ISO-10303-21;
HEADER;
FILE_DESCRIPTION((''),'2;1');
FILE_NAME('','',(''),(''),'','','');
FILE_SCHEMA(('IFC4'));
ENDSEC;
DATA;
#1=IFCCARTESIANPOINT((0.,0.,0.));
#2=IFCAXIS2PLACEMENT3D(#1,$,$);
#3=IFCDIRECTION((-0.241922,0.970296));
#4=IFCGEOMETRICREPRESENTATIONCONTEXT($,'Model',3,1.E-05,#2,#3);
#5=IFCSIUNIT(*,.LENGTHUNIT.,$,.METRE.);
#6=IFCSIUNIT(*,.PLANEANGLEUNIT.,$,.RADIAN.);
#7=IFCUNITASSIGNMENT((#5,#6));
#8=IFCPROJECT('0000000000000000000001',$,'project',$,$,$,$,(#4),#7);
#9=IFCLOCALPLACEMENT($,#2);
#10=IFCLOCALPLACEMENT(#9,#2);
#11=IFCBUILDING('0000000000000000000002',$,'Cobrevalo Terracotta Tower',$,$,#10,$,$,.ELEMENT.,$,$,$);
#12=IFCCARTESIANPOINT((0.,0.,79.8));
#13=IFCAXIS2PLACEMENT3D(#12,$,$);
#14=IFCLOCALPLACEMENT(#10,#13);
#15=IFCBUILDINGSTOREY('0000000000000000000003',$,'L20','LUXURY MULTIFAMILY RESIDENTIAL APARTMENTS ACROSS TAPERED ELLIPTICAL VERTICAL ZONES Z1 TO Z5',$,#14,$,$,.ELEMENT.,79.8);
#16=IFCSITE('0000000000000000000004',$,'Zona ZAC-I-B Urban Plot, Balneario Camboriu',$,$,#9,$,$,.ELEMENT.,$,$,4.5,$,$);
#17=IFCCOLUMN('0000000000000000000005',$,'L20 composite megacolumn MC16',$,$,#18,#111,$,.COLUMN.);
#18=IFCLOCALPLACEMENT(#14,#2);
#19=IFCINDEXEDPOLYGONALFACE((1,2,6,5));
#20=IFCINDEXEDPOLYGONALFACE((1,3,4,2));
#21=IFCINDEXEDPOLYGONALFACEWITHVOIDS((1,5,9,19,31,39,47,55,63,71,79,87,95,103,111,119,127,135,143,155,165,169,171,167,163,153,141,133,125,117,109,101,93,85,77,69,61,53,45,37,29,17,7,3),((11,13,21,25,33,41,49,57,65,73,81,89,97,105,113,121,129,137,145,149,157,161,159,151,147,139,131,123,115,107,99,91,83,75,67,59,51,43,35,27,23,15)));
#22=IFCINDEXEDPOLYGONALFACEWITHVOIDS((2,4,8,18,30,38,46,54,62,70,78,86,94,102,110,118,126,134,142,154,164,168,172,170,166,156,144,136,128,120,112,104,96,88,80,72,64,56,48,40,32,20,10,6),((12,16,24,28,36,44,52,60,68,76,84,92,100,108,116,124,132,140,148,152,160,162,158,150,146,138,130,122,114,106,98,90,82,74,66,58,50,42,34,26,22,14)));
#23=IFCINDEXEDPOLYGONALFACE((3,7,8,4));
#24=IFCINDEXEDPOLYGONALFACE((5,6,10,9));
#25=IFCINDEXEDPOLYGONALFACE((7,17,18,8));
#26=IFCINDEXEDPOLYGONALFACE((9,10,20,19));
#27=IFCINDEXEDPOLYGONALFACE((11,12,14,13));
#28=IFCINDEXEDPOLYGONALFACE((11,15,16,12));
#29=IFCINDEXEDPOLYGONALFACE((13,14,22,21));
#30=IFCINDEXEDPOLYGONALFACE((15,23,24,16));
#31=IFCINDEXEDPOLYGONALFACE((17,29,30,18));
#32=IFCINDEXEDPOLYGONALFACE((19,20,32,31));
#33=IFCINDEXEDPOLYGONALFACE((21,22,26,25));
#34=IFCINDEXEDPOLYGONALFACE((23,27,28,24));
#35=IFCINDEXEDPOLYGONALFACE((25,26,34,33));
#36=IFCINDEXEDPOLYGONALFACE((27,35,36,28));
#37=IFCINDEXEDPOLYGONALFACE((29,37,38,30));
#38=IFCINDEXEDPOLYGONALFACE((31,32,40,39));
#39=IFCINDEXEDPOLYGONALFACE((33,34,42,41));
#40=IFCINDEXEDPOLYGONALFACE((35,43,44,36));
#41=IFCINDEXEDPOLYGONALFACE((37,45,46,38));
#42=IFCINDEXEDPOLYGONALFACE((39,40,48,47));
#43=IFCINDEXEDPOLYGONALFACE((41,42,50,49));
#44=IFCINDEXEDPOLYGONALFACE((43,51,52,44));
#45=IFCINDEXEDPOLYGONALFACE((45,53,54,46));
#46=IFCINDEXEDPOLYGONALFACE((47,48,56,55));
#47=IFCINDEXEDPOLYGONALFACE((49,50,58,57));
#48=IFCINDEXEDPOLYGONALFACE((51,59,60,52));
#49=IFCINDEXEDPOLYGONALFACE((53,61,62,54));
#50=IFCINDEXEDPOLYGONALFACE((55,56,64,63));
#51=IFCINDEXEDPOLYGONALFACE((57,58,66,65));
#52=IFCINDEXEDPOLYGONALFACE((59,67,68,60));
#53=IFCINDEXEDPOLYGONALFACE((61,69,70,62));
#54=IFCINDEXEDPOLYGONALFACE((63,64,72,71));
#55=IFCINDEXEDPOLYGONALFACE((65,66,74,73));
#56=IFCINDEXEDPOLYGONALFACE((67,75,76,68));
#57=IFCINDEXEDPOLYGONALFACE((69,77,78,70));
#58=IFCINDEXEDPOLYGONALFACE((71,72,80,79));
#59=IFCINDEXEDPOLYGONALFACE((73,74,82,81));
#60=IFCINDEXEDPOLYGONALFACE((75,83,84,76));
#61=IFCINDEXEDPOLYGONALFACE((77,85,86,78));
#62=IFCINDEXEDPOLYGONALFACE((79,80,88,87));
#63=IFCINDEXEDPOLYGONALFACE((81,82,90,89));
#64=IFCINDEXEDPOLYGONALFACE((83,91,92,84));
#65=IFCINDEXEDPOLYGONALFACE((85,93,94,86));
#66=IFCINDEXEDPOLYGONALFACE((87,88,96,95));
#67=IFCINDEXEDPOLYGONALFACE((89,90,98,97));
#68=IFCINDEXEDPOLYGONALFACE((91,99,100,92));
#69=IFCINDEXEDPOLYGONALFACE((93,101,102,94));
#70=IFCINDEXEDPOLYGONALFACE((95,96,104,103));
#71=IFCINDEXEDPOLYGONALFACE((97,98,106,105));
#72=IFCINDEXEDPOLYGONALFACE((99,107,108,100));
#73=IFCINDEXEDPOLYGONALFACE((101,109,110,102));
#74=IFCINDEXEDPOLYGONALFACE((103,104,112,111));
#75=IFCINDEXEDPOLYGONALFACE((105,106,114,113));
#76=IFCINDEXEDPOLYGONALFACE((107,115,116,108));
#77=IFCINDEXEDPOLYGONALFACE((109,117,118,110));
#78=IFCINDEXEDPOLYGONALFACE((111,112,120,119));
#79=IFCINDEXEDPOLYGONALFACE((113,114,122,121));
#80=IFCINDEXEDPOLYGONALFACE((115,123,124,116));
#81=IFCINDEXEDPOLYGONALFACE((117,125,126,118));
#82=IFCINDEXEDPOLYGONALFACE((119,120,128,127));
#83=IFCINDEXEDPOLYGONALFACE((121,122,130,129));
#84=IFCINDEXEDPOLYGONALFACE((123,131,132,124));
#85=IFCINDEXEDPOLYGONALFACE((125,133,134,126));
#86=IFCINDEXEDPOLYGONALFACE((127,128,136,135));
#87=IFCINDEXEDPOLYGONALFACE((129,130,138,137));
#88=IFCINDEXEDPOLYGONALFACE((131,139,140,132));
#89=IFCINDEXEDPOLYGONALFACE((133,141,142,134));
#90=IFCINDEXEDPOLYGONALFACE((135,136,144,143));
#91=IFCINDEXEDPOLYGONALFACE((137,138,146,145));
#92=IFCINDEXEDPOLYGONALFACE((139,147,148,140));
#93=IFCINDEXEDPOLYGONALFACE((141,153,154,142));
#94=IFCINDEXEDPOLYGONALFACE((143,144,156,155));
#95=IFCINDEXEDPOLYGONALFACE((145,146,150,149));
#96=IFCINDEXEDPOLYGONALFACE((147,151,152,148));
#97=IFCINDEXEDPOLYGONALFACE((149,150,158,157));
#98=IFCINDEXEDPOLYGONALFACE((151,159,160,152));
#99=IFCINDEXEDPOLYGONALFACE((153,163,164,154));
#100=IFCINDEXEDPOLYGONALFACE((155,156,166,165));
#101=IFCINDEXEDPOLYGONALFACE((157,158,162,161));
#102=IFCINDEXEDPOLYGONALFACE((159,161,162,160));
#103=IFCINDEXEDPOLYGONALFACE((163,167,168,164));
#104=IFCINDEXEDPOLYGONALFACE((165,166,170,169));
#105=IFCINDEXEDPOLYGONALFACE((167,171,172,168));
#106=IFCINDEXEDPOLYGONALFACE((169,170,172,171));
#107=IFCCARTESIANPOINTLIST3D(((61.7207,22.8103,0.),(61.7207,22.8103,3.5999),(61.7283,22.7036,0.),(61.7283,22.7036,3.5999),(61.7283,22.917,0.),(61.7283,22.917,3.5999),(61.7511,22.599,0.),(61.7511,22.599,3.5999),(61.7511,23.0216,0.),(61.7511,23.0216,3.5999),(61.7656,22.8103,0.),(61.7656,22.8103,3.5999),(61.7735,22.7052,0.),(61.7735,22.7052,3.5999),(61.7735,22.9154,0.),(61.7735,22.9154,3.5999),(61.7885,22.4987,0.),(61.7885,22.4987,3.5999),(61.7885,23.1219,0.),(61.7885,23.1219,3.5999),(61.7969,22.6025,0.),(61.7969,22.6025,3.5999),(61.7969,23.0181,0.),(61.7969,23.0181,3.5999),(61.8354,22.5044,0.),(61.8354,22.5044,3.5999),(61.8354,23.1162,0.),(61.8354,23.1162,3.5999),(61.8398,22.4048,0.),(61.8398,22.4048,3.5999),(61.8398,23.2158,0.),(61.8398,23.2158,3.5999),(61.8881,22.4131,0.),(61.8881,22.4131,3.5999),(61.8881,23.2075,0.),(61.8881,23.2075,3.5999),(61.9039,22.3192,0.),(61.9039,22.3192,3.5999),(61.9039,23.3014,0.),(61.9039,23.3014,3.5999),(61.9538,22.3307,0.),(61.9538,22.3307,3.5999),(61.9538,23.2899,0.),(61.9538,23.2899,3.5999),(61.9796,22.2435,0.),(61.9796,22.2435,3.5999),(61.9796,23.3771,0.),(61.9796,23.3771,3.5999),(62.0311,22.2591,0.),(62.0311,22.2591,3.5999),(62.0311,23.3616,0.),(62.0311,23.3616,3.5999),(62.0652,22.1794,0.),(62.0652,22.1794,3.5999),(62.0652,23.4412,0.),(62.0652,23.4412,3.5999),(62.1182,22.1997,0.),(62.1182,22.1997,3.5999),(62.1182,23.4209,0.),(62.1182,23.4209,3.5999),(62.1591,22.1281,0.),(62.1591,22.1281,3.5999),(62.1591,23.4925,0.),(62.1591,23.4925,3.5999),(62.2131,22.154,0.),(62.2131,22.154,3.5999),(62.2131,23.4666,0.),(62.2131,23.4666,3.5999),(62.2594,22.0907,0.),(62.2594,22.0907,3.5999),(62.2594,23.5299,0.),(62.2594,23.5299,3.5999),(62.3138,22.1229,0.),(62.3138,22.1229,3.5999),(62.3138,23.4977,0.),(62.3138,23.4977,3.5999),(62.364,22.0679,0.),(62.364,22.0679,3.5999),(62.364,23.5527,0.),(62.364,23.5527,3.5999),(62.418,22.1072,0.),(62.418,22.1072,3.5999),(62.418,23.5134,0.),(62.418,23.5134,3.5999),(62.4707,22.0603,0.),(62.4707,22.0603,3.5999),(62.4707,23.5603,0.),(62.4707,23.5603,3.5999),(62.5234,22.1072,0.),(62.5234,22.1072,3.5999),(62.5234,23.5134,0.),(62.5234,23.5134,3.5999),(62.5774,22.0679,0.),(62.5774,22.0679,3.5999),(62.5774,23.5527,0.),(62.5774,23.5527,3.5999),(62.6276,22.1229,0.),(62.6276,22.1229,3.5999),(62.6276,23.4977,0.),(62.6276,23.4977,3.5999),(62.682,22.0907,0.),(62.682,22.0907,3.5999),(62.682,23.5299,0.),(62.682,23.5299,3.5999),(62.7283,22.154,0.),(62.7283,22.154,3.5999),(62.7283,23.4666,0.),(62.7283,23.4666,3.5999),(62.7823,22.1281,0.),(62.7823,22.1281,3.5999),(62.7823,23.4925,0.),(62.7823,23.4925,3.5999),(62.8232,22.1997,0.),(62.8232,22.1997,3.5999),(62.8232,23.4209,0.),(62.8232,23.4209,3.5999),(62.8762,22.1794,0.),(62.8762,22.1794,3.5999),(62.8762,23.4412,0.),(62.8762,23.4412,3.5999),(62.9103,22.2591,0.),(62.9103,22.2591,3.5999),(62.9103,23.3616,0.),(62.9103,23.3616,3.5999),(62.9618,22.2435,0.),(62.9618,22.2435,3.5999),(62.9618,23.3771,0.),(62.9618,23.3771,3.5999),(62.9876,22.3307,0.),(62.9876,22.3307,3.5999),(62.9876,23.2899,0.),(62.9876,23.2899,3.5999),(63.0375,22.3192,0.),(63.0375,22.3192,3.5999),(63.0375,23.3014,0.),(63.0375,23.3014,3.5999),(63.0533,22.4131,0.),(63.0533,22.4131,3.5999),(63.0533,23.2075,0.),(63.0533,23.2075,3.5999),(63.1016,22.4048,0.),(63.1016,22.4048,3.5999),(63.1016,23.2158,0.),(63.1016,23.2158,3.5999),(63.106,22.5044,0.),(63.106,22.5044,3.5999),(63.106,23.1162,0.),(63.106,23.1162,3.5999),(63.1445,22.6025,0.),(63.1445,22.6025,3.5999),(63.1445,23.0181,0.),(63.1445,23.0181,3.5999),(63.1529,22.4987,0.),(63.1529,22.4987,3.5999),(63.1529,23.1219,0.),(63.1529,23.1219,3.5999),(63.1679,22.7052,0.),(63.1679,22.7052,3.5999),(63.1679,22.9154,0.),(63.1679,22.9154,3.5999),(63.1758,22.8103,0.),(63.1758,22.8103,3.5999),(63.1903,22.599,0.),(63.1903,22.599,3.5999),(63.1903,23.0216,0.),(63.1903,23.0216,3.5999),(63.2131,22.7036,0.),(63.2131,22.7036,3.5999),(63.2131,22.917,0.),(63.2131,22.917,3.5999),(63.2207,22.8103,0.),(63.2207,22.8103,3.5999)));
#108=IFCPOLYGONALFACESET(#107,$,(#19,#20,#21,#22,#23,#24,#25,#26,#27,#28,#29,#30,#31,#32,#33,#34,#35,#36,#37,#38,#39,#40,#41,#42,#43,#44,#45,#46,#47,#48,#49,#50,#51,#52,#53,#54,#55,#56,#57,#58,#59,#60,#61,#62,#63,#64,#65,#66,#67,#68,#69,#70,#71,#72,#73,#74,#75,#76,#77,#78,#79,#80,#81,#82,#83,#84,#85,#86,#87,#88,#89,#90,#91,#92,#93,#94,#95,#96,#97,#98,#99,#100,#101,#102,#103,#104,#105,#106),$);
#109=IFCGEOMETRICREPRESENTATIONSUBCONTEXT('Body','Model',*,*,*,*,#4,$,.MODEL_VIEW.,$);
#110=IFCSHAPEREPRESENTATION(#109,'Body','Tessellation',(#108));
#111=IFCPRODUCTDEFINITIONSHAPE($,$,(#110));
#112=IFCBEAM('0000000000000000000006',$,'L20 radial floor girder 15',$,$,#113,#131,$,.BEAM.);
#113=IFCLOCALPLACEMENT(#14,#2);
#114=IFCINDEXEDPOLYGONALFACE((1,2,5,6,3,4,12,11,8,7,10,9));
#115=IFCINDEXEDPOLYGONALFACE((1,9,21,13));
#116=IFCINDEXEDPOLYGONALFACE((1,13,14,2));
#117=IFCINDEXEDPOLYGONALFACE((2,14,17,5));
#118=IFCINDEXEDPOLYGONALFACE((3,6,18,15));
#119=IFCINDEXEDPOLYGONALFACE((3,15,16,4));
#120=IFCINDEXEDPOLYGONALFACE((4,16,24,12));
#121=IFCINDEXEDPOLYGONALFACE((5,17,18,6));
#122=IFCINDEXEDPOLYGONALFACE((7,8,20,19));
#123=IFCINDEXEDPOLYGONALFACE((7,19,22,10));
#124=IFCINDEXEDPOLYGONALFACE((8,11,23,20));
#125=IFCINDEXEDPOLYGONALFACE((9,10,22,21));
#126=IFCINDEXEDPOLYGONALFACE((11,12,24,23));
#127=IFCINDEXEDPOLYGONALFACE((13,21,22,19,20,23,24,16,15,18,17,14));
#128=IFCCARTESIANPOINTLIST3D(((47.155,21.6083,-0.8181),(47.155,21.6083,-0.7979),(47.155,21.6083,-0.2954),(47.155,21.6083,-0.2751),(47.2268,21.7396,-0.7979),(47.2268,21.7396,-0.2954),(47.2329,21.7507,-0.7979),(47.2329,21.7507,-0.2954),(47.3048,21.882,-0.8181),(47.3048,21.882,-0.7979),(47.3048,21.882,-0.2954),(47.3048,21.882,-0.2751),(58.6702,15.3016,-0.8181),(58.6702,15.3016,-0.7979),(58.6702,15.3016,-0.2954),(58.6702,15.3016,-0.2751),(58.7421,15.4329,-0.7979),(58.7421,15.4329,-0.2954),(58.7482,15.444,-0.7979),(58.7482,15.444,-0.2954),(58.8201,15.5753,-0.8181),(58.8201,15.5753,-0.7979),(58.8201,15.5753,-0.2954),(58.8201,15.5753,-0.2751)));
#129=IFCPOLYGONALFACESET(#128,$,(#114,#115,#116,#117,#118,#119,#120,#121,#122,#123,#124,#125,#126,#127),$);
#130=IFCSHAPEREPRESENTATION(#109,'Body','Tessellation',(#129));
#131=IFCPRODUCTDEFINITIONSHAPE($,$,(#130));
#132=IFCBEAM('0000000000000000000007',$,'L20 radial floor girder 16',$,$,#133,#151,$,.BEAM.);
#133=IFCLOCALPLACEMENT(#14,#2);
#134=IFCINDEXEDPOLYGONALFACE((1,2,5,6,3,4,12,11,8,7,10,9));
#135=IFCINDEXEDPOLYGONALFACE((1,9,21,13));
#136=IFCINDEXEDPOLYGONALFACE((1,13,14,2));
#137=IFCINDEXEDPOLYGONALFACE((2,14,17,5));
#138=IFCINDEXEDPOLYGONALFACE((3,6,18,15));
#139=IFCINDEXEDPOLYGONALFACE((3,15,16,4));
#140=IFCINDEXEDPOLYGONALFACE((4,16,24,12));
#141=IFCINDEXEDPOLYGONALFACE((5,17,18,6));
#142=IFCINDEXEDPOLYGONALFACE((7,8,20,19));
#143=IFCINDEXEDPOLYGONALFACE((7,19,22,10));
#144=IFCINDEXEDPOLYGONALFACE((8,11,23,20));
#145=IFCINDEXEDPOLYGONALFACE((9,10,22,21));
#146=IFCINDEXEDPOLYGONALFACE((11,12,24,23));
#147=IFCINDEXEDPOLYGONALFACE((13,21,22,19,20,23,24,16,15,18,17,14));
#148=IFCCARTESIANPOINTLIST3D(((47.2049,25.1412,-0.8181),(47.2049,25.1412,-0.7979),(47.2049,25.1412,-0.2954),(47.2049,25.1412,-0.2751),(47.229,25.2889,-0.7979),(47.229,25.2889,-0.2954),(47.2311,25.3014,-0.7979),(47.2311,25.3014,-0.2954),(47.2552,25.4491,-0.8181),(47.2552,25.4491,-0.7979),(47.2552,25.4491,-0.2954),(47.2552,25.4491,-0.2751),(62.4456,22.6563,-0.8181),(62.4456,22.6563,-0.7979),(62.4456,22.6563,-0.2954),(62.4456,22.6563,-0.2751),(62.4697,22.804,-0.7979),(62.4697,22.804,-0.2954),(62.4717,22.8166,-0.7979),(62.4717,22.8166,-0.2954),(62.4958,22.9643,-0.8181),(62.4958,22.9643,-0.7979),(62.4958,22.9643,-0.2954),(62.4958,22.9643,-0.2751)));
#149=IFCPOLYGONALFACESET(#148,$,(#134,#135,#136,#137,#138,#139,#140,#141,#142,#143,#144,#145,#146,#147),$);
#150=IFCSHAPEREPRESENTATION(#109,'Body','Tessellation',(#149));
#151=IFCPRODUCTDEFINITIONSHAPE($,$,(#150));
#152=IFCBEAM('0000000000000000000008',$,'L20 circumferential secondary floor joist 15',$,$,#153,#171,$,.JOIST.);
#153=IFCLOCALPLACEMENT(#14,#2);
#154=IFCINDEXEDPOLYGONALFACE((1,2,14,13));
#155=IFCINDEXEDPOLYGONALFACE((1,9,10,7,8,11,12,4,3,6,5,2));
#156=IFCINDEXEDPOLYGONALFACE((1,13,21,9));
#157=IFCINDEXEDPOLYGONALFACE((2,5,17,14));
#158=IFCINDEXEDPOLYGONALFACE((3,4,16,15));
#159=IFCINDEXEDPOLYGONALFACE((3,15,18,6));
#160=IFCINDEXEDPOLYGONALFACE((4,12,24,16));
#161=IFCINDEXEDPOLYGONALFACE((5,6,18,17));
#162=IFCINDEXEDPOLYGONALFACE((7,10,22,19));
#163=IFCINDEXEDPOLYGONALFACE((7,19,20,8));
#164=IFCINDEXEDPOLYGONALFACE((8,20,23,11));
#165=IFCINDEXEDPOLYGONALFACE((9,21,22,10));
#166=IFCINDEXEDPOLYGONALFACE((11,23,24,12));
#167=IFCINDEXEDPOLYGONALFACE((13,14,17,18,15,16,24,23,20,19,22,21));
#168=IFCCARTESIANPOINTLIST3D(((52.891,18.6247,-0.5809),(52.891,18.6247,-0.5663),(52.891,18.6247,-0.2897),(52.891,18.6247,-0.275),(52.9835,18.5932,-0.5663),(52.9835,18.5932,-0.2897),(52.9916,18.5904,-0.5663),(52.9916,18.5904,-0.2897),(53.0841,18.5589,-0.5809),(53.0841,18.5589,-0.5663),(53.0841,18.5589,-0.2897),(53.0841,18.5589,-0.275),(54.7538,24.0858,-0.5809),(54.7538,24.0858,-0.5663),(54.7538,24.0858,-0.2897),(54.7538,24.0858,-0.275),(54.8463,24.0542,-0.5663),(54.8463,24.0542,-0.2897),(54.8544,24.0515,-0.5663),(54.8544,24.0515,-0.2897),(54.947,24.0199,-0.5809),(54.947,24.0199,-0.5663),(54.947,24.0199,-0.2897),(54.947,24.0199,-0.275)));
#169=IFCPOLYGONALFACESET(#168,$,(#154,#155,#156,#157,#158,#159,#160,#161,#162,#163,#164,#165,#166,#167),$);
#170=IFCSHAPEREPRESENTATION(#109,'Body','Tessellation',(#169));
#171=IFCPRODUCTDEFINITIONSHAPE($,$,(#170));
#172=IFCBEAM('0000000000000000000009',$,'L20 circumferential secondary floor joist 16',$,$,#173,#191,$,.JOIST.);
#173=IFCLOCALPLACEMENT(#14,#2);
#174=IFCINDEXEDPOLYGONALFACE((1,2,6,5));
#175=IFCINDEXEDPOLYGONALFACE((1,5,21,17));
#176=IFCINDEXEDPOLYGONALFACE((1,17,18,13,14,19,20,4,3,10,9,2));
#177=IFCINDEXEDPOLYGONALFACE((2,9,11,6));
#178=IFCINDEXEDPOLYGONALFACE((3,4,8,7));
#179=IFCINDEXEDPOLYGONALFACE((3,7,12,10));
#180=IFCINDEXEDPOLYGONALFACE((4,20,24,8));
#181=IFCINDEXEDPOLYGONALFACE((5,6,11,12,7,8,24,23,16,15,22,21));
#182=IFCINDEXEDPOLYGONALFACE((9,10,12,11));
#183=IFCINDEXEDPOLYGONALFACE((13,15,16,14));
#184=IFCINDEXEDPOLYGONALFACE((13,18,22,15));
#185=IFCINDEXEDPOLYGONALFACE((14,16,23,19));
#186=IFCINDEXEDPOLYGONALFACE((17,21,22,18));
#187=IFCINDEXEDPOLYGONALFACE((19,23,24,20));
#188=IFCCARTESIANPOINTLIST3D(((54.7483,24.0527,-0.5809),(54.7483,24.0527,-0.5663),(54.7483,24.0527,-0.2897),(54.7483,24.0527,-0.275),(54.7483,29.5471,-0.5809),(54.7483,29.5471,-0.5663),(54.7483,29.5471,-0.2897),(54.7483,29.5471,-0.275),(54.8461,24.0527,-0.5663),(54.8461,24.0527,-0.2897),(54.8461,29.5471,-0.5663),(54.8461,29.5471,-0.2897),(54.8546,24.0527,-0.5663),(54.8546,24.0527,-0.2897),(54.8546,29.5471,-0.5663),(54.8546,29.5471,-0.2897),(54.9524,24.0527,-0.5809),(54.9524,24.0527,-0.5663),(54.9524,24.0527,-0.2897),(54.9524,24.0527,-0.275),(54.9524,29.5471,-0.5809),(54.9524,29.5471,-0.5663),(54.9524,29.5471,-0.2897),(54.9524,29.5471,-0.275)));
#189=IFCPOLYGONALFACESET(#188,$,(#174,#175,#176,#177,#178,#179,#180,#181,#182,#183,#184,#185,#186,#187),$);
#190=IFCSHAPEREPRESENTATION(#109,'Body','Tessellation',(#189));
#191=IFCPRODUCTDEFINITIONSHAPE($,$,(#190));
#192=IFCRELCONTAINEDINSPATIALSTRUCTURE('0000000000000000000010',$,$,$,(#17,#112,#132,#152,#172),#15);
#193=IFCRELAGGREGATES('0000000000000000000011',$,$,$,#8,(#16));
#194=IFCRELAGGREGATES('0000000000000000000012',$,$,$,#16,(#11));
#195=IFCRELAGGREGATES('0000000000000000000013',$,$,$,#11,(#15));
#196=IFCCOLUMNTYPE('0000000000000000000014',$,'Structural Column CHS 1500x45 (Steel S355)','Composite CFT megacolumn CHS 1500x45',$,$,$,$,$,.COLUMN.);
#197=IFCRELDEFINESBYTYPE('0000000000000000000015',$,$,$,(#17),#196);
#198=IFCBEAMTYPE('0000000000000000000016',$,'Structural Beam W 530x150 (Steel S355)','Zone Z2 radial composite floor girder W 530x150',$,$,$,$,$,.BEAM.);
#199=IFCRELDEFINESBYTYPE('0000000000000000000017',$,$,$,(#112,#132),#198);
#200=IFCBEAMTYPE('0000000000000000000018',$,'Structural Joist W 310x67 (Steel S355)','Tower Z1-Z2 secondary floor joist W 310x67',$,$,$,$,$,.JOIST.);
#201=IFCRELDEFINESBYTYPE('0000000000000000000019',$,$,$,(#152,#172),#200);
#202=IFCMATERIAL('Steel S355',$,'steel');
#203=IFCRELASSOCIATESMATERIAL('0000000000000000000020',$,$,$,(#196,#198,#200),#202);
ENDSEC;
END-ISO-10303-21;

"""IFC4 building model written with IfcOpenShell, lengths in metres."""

from ifc_helpers import new_model, si_unit, direction, frame, origin, origin_2d, place, context, subcontext, project, spatial, hollow_circle, i_section, extrude, material, material_profile, profile_set, type_object, element, save


model = new_model("IFC4")

# Units and contexts
model_context = context("Model", 3, precision=1e-05, world=origin(), true_north=direction((-0.241922, 0.970296)))
body_context = subcontext(model_context, "Body", "Model", "MODEL_VIEW")
ifc_project = project(units=[si_unit("LENGTHUNIT", "METRE"), si_unit("PLANEANGLEUNIT", "RADIAN")], contexts=[model_context])

# Site, building, storey
site_placement = place(None, origin())
site = spatial("IfcSite", under=ifc_project, at=site_placement, Name="Zona ZAC-I-B Urban Plot, Balneario Camboriu", CompositionType="ELEMENT", RefElevation=4.5)
building_placement = place(site_placement, origin())
building = spatial("IfcBuilding", under=site, at=building_placement, Name="Cobrevalo Terracotta Tower", CompositionType="ELEMENT")
storey_placement = place(building_placement, frame((0.0, 0.0, 79.8)))
storey = spatial("IfcBuildingStorey", under=building, at=storey_placement, Name="L20", Description="LUXURY MULTIFAMILY RESIDENTIAL APARTMENTS ACROSS TAPERED ELLIPTICAL VERTICAL ZONES Z1 TO Z5", CompositionType="ELEMENT", Elevation=79.8)

# Column
ifc_material_1 = material(Name="Steel S355", Category="steel")
ifc_material_profile_1 = material_profile(ifc_material_1, hollow_circle(Radius=0.75, WallThickness=0.0449, at=origin_2d()), Name="CHS 1500x45")
ifc_profile_set_1 = profile_set([ifc_material_profile_1], Name="Steel S355")
column_type = type_object("IfcColumnType", Name="Structural Column CHS 1500x45 (Steel S355)", Description="Composite CFT megacolumn CHS 1500x45", PredefinedType="COLUMN", material=ifc_profile_set_1)
column_placement = place(storey_placement, frame((62.4707, 22.8103, 0.0), z_axis=(0.0, 0.0, 1.0), x_axis=(1.0, 0.0, 0.0)))
element("IfcColumn", 1, at=column_placement, inside=storey, type_object=column_type, Name="L20 composite megacolumn MC16", PredefinedType="COLUMN", context=body_context, shape_type="SweptSolid", body=[
    extrude(hollow_circle(Radius=0.75, WallThickness=0.0449, at=origin_2d()), origin(), (0.0, 0.0, 1.0), 3.5999),
])

# Beams
ifc_material_profile_2 = material_profile(ifc_material_1, i_section(OverallWidth=0.312, OverallDepth=0.543, WebThickness=0.0127, FlangeThickness=0.0203, at=origin_2d()), Name="W 530x150")
ifc_profile_set_2 = profile_set([ifc_material_profile_2], Name="Steel S355")
beam_type_1 = type_object("IfcBeamType", Name="Structural Beam W 530x150 (Steel S355)", Description="Zone Z2 radial composite floor girder W 530x150", PredefinedType="BEAM", material=ifc_profile_set_2)
beam_1_placement = place(storey_placement, frame((58.7451, 15.4385, -0.5466), z_axis=(-0.877073, 0.480358, 0.0), x_axis=(-0.480358, -0.877073, 0.0)))
element("IfcBeam", 2, at=beam_1_placement, inside=storey, type_object=beam_type_1, Name="L20 radial floor girder 15", PredefinedType="BEAM", context=body_context, shape_type="SweptSolid", body=[
    extrude(i_section(OverallWidth=0.312, OverallDepth=0.543, WebThickness=0.0127, FlangeThickness=0.0203, at=origin_2d()), origin(), (0.0, 0.0, 1.0), 13.1292),
])
beam_2_placement = place(storey_placement, frame((62.4707, 22.8103, -0.5466), z_axis=(-0.986968, 0.160916, 0.0), x_axis=(-0.160916, -0.986968, 0.0)))
element("IfcBeam", 3, at=beam_2_placement, inside=storey, type_object=beam_type_1, Name="L20 radial floor girder 16", PredefinedType="BEAM", context=body_context, shape_type="SweptSolid", body=[
    extrude(i_section(OverallWidth=0.312, OverallDepth=0.543, WebThickness=0.0127, FlangeThickness=0.0203, at=origin_2d()), origin(), (0.0, 0.0, 1.0), 15.4419),
])
ifc_material_profile_3 = material_profile(ifc_material_1, i_section(OverallWidth=0.2041, OverallDepth=0.3059, WebThickness=0.0085, FlangeThickness=0.0146, at=origin_2d()), Name="W 310x67")
ifc_profile_set_3 = profile_set([ifc_material_profile_3], Name="Steel S355")
beam_type_2 = type_object("IfcBeamType", Name="Structural Joist W 310x67 (Steel S355)", Description="Tower Z1-Z2 secondary floor joist W 310x67", PredefinedType="JOIST", material=ifc_profile_set_3)
beam_3_placement = place(storey_placement, frame((52.9875, 18.5918, -0.428), z_axis=(0.322846, 0.946451, 0.0), x_axis=(-0.946451, 0.322846, 0.0)))
element("IfcBeam", 4, at=beam_3_placement, inside=storey, type_object=beam_type_2, Name="L20 circumferential secondary floor joist 15", PredefinedType="JOIST", context=body_context, shape_type="SweptSolid", body=[
    extrude(i_section(OverallWidth=0.2041, OverallDepth=0.3059, WebThickness=0.0085, FlangeThickness=0.0146, at=origin_2d()), origin(), (0.0, 0.0, 1.0), 5.77),
])
beam_4_placement = place(storey_placement, frame((54.8503, 24.0527, -0.428), z_axis=(0.0, 1.0, 0.0), x_axis=(-1.0, 0.0, 0.0)))
element("IfcBeam", 5, at=beam_4_placement, inside=storey, type_object=beam_type_2, Name="L20 circumferential secondary floor joist 16", PredefinedType="JOIST", context=body_context, shape_type="SweptSolid", body=[
    extrude(i_section(OverallWidth=0.2041, OverallDepth=0.3059, WebThickness=0.0085, FlangeThickness=0.0146, at=origin_2d()), origin(), (0.0, 0.0, 1.0), 5.4944),
])

save(model, "model.ifc")
